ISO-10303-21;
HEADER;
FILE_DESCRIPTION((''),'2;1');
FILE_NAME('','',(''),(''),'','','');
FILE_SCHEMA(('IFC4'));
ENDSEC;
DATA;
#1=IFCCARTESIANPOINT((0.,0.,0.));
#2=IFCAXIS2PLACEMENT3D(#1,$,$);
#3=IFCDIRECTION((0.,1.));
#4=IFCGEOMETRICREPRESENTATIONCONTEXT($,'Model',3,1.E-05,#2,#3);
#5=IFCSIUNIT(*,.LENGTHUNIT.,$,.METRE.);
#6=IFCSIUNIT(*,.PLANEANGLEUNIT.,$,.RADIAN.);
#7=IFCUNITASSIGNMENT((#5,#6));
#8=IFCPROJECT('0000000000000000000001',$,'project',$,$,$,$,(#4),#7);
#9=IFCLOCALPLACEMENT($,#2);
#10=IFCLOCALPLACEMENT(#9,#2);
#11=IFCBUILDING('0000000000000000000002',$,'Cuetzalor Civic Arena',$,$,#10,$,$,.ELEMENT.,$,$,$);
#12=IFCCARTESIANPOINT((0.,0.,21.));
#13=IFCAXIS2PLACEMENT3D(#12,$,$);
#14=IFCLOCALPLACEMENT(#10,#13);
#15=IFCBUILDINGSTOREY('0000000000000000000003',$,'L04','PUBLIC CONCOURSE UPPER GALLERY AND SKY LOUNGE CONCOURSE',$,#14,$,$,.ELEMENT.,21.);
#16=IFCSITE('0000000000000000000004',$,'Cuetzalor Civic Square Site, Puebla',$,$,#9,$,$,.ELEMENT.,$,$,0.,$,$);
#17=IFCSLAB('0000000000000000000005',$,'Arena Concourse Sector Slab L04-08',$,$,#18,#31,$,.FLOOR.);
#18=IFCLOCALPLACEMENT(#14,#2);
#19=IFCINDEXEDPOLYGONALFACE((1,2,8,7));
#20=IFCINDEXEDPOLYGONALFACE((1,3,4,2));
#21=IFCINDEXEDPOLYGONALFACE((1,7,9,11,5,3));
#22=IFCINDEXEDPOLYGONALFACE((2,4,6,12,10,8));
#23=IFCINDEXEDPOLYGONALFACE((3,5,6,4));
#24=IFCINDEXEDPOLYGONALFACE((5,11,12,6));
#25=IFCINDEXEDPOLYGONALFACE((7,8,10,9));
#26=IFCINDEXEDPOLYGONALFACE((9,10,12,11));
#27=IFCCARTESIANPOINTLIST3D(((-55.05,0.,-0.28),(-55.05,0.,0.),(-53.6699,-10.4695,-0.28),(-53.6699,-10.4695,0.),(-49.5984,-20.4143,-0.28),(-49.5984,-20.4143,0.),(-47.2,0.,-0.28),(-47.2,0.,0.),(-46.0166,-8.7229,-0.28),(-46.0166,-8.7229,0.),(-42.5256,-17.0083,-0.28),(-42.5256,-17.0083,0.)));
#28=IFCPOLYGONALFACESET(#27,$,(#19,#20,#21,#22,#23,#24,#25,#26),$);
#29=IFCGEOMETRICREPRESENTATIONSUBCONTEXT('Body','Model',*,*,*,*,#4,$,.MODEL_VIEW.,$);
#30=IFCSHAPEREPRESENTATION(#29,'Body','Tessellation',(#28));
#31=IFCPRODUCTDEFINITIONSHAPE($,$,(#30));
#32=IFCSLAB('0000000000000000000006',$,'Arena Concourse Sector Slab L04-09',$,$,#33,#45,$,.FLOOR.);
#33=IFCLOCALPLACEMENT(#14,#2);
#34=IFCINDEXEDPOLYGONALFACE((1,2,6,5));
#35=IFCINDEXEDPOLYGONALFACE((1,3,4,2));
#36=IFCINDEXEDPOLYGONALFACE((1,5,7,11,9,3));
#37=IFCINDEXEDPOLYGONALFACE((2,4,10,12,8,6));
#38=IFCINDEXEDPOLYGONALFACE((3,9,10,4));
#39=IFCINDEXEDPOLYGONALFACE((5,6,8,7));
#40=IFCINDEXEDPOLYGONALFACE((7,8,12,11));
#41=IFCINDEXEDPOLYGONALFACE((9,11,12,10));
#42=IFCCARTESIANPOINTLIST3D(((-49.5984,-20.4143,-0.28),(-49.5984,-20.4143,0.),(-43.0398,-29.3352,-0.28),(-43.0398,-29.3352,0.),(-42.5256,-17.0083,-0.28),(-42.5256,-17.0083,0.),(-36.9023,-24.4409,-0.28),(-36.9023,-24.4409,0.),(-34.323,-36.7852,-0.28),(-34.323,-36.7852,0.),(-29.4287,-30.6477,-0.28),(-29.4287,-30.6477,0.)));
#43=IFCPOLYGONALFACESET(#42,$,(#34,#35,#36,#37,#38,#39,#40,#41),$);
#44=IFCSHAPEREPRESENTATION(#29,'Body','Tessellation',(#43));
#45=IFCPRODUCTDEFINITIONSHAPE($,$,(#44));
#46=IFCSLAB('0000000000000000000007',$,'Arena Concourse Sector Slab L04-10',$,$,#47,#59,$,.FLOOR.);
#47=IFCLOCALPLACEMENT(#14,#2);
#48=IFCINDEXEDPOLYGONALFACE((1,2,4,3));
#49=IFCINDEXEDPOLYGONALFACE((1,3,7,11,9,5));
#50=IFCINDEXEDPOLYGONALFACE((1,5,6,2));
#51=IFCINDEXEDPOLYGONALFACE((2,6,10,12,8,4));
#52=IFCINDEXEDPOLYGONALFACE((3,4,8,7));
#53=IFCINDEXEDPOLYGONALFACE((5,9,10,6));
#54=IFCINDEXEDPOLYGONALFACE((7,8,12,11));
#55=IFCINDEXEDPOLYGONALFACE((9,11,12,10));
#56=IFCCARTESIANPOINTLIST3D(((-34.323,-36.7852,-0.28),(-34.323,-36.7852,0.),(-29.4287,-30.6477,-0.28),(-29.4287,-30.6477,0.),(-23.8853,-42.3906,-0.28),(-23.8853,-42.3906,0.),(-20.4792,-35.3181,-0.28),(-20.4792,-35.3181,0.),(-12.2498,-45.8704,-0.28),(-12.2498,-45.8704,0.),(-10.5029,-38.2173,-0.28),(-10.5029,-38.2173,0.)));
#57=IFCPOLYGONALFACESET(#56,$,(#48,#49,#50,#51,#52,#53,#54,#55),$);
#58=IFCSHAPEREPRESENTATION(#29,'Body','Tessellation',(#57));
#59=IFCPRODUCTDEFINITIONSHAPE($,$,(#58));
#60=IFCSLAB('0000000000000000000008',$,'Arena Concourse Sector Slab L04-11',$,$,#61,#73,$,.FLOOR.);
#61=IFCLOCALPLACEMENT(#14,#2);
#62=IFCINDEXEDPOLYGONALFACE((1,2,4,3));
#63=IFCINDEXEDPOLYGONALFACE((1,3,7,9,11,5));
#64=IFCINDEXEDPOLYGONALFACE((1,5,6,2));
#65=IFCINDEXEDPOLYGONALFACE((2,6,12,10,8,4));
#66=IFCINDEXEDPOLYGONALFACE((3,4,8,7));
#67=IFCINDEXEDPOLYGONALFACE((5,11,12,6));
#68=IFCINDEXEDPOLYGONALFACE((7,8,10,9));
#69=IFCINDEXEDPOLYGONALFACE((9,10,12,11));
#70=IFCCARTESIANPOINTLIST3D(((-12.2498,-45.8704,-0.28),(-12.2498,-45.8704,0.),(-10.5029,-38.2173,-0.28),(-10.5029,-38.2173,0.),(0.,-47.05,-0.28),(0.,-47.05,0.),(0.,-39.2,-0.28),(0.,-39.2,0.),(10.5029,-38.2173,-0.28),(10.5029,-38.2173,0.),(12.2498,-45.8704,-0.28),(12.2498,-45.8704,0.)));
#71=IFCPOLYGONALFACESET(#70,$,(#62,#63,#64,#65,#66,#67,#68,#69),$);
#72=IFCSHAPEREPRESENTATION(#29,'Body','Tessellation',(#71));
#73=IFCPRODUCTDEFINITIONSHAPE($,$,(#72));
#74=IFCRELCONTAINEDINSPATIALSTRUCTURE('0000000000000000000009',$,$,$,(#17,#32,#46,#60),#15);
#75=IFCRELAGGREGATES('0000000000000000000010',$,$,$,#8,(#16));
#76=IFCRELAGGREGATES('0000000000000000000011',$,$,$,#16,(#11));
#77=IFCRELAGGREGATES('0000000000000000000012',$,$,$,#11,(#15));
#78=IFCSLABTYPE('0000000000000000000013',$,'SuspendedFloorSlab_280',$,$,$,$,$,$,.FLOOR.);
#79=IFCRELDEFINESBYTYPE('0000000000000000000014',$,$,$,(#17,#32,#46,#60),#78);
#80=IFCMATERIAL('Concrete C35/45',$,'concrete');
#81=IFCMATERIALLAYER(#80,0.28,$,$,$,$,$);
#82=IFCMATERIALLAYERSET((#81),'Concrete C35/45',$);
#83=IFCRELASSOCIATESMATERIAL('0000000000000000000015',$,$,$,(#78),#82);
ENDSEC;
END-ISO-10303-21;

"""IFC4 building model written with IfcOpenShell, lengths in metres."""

from ifc_helpers import new_model, si_unit, direction, frame, origin, place, context, subcontext, project, spatial, polyline, outline, extrude, material, layer, layer_set, type_object, element, save


model = new_model("IFC4")

# Units and contexts
model_context = context("Model", 3, precision=1e-05, world=origin(), true_north=direction((0.0, 1.0)))
body_context = subcontext(model_context, "Body", "Model", "MODEL_VIEW")
ifc_project = project(units=[si_unit("LENGTHUNIT", "METRE"), si_unit("PLANEANGLEUNIT", "RADIAN")], contexts=[model_context])

# Site, building, storey
site_placement = place(None, origin())
site = spatial("IfcSite", under=ifc_project, at=site_placement, Name="Cuetzalor Civic Square Site, Puebla", CompositionType="ELEMENT", RefElevation=0.0)
building_placement = place(site_placement, origin())
building = spatial("IfcBuilding", under=site, at=building_placement, Name="Cuetzalor Civic Arena", CompositionType="ELEMENT")
storey_placement = place(building_placement, frame((0.0, 0.0, 21.0)))
storey = spatial("IfcBuildingStorey", under=building, at=storey_placement, Name="L04", Description="PUBLIC CONCOURSE UPPER GALLERY AND SKY LOUNGE CONCOURSE", CompositionType="ELEMENT", Elevation=21.0)

# Slabs
ifc_material_1 = material(Name="Concrete C35/45", Category="concrete")
ifc_layer_1 = layer(ifc_material_1, 0.28)
ifc_layer_set_1 = layer_set([ifc_layer_1], Name="Concrete C35/45")
slab_type_1 = type_object("IfcSlabType", Name="SuspendedFloorSlab_280", PredefinedType="FLOOR", material=ifc_layer_set_1)
slab_1_placement = place(storey_placement, frame((0.0, 0.0, -0.28)))
element("IfcSlab", 1, at=slab_1_placement, inside=storey, type_object=slab_type_1, Name="Arena Concourse Sector Slab L04-08", PredefinedType="FLOOR", context=body_context, shape_type="SweptSolid", body=[
    extrude(outline(polyline([(-47.2, 0.0), (-46.0166, -8.7229), (-42.5256, -17.0083), (-49.5984, -20.4143), (-53.6699, -10.4695), (-55.05, 0.0), (-47.2, 0.0)])), origin(), (0.0, 0.0, 1.0), 0.28),
])
slab_2_placement = place(storey_placement, frame((0.0, 0.0, -0.28)))
element("IfcSlab", 2, at=slab_2_placement, inside=storey, type_object=slab_type_1, Name="Arena Concourse Sector Slab L04-09", PredefinedType="FLOOR", context=body_context, shape_type="SweptSolid", body=[
    extrude(outline(polyline([(-42.5256, -17.0083), (-36.9023, -24.4409), (-29.4287, -30.6477), (-34.323, -36.7852), (-43.0398, -29.3352), (-49.5984, -20.4143), (-42.5256, -17.0083)])), origin(), (0.0, 0.0, 1.0), 0.28),
])
slab_3_placement = place(storey_placement, frame((0.0, 0.0, -0.28)))
element("IfcSlab", 3, at=slab_3_placement, inside=storey, type_object=slab_type_1, Name="Arena Concourse Sector Slab L04-10", PredefinedType="FLOOR", context=body_context, shape_type="SweptSolid", body=[
    extrude(outline(polyline([(-29.4287, -30.6477), (-20.4792, -35.3181), (-10.5029, -38.2173), (-12.2498, -45.8704), (-23.8853, -42.3906), (-34.323, -36.7852), (-29.4287, -30.6477)])), origin(), (0.0, 0.0, 1.0), 0.28),
])
slab_4_placement = place(storey_placement, frame((0.0, 0.0, -0.28)))
element("IfcSlab", 4, at=slab_4_placement, inside=storey, type_object=slab_type_1, Name="Arena Concourse Sector Slab L04-11", PredefinedType="FLOOR", context=body_context, shape_type="SweptSolid", body=[
    extrude(outline(polyline([(-10.5029, -38.2173), (0.0, -39.2), (10.5029, -38.2173), (12.2498, -45.8704), (0.0, -47.05), (-12.2498, -45.8704), (-10.5029, -38.2173)])), origin(), (0.0, 0.0, 1.0), 0.28),
])

save(model, "model.ifc")
